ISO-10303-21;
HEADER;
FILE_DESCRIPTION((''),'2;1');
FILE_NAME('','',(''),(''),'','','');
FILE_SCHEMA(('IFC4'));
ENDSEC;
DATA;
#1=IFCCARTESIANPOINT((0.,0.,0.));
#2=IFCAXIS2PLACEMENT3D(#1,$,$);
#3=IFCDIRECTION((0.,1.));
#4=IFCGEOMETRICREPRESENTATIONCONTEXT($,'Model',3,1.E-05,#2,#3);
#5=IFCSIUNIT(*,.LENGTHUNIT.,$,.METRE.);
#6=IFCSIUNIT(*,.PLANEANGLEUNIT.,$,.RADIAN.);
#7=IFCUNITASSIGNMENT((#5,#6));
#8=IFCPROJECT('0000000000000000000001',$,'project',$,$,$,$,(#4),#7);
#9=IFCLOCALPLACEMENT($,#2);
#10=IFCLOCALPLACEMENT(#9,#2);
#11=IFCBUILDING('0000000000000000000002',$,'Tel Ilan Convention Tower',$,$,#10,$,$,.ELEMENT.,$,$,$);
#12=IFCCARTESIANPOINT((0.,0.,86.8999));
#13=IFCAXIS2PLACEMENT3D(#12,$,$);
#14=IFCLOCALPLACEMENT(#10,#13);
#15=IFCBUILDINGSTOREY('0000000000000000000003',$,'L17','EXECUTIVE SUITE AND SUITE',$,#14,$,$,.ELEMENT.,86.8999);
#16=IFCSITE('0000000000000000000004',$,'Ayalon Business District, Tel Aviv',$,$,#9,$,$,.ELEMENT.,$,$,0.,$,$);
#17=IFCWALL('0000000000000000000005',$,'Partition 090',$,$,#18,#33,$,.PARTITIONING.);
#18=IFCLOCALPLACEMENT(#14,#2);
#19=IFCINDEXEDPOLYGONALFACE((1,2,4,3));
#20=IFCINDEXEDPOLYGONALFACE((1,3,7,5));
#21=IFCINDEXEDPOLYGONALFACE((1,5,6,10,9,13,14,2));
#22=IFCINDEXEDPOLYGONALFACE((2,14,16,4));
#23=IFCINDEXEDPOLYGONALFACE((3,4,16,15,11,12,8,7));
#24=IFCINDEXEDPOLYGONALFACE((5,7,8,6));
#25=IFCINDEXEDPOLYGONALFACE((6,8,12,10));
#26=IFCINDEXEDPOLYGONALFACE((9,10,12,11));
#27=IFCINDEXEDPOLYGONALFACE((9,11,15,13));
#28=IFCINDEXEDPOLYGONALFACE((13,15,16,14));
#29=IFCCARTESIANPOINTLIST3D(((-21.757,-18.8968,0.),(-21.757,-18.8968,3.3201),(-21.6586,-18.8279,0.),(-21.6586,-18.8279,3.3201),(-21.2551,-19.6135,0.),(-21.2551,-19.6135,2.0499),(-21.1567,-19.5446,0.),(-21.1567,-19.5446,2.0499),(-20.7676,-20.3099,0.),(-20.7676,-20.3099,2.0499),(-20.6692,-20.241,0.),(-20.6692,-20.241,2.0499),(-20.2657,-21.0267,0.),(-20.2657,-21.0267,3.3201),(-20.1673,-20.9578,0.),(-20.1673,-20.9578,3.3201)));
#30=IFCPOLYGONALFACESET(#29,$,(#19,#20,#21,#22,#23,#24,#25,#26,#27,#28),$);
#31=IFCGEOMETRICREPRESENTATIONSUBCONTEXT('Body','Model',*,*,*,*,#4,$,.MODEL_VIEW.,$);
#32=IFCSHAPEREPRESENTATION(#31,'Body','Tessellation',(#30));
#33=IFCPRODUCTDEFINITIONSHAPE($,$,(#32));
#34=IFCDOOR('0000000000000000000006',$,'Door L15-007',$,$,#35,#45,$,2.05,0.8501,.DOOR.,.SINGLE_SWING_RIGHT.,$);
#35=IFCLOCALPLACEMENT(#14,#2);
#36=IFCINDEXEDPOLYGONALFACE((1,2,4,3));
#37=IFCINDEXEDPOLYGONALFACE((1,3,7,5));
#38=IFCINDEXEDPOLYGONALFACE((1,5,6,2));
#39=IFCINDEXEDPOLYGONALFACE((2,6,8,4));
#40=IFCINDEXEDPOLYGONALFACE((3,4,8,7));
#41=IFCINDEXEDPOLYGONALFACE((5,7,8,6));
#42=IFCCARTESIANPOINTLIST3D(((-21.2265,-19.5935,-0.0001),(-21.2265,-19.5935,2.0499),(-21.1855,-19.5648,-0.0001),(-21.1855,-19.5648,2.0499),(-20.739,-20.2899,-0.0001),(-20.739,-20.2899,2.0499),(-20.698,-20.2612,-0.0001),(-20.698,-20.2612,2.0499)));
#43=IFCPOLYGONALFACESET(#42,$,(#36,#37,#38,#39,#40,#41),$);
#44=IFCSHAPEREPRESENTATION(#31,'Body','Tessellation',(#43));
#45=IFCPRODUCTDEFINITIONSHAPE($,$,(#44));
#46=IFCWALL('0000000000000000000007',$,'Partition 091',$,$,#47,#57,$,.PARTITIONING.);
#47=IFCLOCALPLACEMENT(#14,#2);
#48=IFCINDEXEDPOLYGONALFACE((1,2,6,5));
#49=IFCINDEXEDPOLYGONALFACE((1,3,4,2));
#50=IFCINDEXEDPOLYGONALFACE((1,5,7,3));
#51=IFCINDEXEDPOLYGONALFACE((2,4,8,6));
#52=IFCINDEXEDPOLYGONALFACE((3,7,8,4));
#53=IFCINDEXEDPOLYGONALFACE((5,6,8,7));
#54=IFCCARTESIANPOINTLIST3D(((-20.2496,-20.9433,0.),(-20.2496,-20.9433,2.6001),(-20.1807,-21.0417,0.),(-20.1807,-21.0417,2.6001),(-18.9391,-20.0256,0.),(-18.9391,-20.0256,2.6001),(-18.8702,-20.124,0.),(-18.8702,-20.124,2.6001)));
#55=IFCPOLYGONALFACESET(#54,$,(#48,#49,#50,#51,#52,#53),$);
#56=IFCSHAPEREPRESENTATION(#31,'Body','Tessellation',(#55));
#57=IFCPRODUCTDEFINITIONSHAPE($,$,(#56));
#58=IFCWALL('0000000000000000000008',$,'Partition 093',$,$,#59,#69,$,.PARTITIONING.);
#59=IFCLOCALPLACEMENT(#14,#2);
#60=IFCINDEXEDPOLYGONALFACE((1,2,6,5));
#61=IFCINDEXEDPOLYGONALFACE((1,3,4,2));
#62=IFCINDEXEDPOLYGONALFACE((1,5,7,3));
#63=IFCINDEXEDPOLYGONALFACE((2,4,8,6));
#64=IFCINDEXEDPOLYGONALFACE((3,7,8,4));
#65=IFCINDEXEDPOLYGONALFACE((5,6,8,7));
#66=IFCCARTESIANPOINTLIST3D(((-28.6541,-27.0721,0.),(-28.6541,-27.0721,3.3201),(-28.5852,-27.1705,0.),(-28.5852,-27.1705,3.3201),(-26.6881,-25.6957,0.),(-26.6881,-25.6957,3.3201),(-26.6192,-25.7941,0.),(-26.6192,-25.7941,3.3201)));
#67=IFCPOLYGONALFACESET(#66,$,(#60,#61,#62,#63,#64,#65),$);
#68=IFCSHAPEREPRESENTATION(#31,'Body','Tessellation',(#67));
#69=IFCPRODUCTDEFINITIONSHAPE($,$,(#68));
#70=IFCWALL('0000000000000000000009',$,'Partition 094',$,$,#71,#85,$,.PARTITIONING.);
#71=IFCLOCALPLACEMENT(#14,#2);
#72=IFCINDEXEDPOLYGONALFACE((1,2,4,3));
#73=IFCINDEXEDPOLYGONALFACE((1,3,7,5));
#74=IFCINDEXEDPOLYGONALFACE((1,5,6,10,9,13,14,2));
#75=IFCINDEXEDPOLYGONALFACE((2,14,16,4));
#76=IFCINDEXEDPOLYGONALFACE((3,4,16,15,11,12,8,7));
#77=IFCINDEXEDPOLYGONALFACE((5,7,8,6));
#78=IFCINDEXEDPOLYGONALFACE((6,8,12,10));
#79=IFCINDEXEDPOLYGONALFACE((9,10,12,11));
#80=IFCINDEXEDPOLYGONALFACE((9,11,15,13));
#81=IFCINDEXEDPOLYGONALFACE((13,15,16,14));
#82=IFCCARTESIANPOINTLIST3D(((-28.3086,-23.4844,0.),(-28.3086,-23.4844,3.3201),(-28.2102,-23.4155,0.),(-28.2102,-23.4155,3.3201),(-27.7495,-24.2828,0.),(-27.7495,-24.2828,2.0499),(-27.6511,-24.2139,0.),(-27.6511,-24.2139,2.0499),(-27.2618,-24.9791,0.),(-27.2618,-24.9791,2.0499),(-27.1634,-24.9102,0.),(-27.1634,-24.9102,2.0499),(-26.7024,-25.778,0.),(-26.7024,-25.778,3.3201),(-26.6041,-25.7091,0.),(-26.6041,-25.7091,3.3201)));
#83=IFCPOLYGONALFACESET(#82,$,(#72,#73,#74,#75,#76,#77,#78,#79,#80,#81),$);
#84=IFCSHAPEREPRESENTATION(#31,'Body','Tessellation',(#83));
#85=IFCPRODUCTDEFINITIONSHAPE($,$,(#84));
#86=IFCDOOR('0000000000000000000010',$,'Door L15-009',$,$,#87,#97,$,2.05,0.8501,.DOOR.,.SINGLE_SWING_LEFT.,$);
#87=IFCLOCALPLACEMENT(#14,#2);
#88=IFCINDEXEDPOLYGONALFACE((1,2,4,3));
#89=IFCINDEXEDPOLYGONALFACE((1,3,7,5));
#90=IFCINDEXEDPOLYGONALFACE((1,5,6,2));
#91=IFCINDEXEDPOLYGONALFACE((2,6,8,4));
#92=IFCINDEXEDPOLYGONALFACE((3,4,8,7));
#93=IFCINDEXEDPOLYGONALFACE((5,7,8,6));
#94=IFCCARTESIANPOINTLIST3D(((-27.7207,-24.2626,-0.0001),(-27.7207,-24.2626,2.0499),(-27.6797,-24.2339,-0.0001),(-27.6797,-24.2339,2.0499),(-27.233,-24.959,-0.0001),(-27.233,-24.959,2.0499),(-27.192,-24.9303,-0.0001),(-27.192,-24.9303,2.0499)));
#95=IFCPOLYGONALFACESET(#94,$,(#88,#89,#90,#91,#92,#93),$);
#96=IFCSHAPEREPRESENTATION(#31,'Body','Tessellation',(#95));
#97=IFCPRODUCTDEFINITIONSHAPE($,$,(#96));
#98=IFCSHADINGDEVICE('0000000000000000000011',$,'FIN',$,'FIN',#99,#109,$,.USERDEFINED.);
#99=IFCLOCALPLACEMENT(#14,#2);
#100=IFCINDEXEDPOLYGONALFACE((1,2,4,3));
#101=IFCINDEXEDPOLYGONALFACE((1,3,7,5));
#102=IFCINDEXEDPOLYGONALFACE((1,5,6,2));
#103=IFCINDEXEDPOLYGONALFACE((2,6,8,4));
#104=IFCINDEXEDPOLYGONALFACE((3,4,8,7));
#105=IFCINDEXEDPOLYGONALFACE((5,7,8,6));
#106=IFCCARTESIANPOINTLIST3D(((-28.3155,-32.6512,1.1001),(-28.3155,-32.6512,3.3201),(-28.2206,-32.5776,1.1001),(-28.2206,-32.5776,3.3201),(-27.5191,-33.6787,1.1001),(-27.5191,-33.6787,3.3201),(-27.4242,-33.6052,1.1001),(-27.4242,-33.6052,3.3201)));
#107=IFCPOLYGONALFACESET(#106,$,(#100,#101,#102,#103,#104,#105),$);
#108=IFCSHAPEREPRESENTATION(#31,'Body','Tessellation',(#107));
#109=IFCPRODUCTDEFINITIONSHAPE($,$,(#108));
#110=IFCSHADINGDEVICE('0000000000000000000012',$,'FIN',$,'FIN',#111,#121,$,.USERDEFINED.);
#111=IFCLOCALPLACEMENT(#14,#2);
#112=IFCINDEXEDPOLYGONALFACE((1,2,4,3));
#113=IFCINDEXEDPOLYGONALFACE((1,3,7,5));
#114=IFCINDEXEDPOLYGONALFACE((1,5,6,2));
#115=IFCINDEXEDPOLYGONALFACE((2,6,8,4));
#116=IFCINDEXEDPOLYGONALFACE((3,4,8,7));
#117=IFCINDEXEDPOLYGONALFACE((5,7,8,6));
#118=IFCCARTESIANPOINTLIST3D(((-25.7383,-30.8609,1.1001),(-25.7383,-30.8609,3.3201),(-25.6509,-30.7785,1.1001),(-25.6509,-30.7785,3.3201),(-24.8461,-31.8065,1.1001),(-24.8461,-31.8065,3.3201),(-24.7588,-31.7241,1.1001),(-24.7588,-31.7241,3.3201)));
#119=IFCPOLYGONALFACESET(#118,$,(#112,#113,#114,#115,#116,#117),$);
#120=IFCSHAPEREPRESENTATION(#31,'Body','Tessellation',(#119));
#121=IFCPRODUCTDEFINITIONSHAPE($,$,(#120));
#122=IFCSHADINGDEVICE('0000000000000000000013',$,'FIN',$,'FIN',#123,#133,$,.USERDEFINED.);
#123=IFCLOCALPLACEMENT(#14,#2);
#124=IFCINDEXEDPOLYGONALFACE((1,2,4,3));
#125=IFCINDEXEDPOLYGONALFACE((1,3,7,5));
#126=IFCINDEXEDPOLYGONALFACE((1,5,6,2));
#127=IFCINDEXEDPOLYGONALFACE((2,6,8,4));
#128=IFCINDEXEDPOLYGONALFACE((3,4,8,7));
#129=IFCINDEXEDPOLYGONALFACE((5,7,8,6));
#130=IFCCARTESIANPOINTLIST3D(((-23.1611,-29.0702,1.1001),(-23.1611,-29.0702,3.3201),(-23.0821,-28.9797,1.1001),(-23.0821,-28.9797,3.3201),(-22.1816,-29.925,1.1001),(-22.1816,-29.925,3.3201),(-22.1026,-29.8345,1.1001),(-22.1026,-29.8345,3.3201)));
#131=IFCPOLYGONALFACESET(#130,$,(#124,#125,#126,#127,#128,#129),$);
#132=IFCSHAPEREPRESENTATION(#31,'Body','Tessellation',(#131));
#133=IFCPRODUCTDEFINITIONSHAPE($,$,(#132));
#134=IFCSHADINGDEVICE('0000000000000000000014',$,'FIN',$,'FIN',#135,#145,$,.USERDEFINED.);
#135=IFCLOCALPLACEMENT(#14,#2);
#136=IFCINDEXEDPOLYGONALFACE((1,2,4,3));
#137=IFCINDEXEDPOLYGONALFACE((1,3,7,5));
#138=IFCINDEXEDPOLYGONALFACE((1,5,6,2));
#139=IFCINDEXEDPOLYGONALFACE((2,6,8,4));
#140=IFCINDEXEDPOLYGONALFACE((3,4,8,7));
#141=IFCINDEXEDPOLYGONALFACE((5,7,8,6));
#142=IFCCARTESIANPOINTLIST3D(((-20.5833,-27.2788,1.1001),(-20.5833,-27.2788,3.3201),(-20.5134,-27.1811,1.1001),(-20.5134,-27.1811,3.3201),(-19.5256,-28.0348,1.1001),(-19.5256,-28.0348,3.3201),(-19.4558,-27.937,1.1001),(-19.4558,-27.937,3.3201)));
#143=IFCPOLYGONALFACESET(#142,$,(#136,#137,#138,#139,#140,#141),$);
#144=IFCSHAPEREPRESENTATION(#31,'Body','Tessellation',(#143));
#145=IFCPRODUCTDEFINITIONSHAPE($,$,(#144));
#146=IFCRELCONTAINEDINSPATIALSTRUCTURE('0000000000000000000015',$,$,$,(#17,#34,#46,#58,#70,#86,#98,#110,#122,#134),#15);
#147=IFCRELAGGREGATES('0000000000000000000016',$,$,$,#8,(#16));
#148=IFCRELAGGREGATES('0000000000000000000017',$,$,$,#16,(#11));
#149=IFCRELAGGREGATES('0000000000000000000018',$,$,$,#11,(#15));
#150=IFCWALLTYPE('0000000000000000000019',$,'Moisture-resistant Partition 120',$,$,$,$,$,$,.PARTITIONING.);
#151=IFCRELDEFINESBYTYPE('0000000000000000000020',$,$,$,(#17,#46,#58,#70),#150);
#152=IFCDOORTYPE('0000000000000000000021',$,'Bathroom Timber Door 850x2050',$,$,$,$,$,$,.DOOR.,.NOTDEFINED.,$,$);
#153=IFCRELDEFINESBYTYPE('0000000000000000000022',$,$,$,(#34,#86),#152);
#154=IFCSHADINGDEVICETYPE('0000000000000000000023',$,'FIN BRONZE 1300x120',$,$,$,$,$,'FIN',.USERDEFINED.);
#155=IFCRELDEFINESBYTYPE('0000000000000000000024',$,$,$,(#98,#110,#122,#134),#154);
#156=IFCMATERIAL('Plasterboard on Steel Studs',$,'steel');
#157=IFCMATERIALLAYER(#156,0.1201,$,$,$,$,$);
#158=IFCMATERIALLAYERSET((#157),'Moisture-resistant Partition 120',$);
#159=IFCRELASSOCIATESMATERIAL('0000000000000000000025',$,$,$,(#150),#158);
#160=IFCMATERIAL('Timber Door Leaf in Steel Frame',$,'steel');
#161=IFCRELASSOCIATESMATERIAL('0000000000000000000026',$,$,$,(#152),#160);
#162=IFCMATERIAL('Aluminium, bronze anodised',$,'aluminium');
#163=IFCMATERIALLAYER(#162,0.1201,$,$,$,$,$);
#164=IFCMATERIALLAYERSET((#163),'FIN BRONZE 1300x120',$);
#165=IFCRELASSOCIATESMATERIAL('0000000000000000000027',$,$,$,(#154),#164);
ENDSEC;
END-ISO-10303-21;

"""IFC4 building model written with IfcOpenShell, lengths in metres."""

from ifc_helpers import new_model, si_unit, direction, frame, frame_2d, origin, origin_2d, place, context, subcontext, project, spatial, rectangle, extrude, material, layer, layer_set, type_object, element, fill, save


model = new_model("IFC4")

# Units and contexts
model_context = context("Model", 3, precision=1e-05, world=origin(), true_north=direction((0.0, 1.0)))
body_context = subcontext(model_context, "Body", "Model", "MODEL_VIEW")
ifc_project = project(units=[si_unit("LENGTHUNIT", "METRE"), si_unit("PLANEANGLEUNIT", "RADIAN")], contexts=[model_context])

# Site, building, storey
site_placement = place(None, origin())
site = spatial("IfcSite", under=ifc_project, at=site_placement, Name="Ayalon Business District, Tel Aviv", CompositionType="ELEMENT", RefElevation=0.0)
building_placement = place(site_placement, origin())
building = spatial("IfcBuilding", under=site, at=building_placement, Name="Tel Ilan Convention Tower", CompositionType="ELEMENT")
storey_placement = place(building_placement, frame((0.0, 0.0, 86.8999)))
storey = spatial("IfcBuildingStorey", under=building, at=storey_placement, Name="L17", Description="EXECUTIVE SUITE AND SUITE", CompositionType="ELEMENT", Elevation=86.8999)

# Wall, opening, door
ifc_material_1 = material(Name="Plasterboard on Steel Studs", Category="steel")
ifc_layer_1 = layer(ifc_material_1, 0.1201)
ifc_layer_set_1 = layer_set([ifc_layer_1], Name="Moisture-resistant Partition 120")
wall_type_1 = type_object("IfcWallType", Name="Moisture-resistant Partition 120", PredefinedType="PARTITIONING", material=ifc_layer_set_1)
wall_1_placement = place(storey_placement, frame((-21.7078, -18.8623, 0.0), z_axis=(0.0, 0.0, 1.0), x_axis=(0.573538, -0.819179, 0.0)))
wall_1 = element("IfcWall", 1, at=wall_1_placement, inside=storey, type_object=wall_type_1, Name="Partition 090", PredefinedType="PARTITIONING", context=body_context, shape_type="SweptSolid", body=[
    extrude(rectangle(XDim=2.6001, YDim=0.1201, at=frame_2d((1.3, 0.0))), origin(), (0.0, 0.0, 1.0), 3.3201),
])
opening_1_placement = place(wall_1_placement, frame((0.875, 0.0, 0.0)))
opening_1 = element("IfcOpeningElement", 2, at=opening_1_placement, cuts=wall_1, PredefinedType="OPENING", context=body_context, shape_type="SweptSolid", body=[
    extrude(rectangle(XDim=0.8501, YDim=2.05, at=frame_2d((0.425, 1.0249))), frame((0.0, 0.0701, 0.0), z_axis=(0.0, -1.0, 0.0), x_axis=(1.0, 0.0, 0.0)), (0.0, 0.0, 1.0), 0.1401),
])
ifc_material_2 = material(Name="Timber Door Leaf in Steel Frame", Category="steel")
door_type_1 = type_object("IfcDoorType", Name="Bathroom Timber Door 850x2050", OperationType="NOTDEFINED", PredefinedType="DOOR", material=ifc_material_2)
door_1_placement = place(opening_1_placement, origin())
door_1 = element("IfcDoor", 3, at=door_1_placement, inside=storey, type_object=door_type_1, Name="Door L15-007", OperationType="SINGLE_SWING_RIGHT", OverallHeight=2.05, OverallWidth=0.8501, PredefinedType="DOOR", context=body_context, shape_type="SweptSolid", body=[
    extrude(rectangle(XDim=0.8501, YDim=2.05, at=frame_2d((0.425, 1.0249))), frame((0.0, 0.0249, 0.0), z_axis=(0.0, -1.0, 0.0), x_axis=(1.0, 0.0, 0.0)), (0.0, 0.0, 1.0), 0.05),
])
fill(opening_1, door_1)

# Walls
wall_2_placement = place(storey_placement, frame((-20.2151, -20.9924, 0.0), z_axis=(0.0, 0.0, 1.0), x_axis=(0.819132, 0.573606, 0.0)))
element("IfcWall", 4, at=wall_2_placement, inside=storey, type_object=wall_type_1, Name="Partition 091", PredefinedType="PARTITIONING", context=body_context, shape_type="SweptSolid", body=[
    extrude(rectangle(XDim=1.5999, YDim=0.1201, at=frame_2d((0.7998, 0.0))), origin(), (0.0, 0.0, 1.0), 2.6001),
])
wall_3_placement = place(storey_placement, frame((-28.6196, -27.1213, 0.0), z_axis=(0.0, 0.0, 1.0), x_axis=(0.819189, 0.573524, 0.0)))
element("IfcWall", 5, at=wall_3_placement, inside=storey, type_object=wall_type_1, Name="Partition 093", PredefinedType="PARTITIONING", context=body_context, shape_type="SweptSolid", body=[
    extrude(rectangle(XDim=2.3999, YDim=0.1201, at=frame_2d((1.2, 0.0))), origin(), (0.0, 0.0, 1.0), 3.3201),
])

# Wall, opening, door
wall_4_placement = place(storey_placement, frame((-26.6533, -25.7434, 0.0), z_axis=(0.0, 0.0, 1.0), x_axis=(-0.573609, 0.81913, 0.0)))
wall_4 = element("IfcWall", 6, at=wall_4_placement, inside=storey, type_object=wall_type_1, Name="Partition 094", PredefinedType="PARTITIONING", context=body_context, shape_type="SweptSolid", body=[
    extrude(rectangle(XDim=2.8, YDim=0.1201, at=frame_2d((1.3999, 0.0))), origin(), (0.0, 0.0, 1.0), 3.3201),
])
opening_2_placement = place(wall_4_placement, frame((0.9751, 0.0, 0.0)))
opening_2 = element("IfcOpeningElement", 7, at=opening_2_placement, cuts=wall_4, PredefinedType="OPENING", context=body_context, shape_type="SweptSolid", body=[
    extrude(rectangle(XDim=0.8501, YDim=2.05, at=frame_2d((0.425, 1.0249))), frame((0.0, 0.0701, 0.0), z_axis=(0.0, -1.0, 0.0), x_axis=(1.0, 0.0, 0.0)), (0.0, 0.0, 1.0), 0.1401),
])
door_2_placement = place(opening_2_placement, origin())
door_2 = element("IfcDoor", 8, at=door_2_placement, inside=storey, type_object=door_type_1, Name="Door L15-009", OperationType="SINGLE_SWING_LEFT", OverallHeight=2.05, OverallWidth=0.8501, PredefinedType="DOOR", context=body_context, shape_type="SweptSolid", body=[
    extrude(rectangle(XDim=0.8501, YDim=2.05, at=frame_2d((0.425, 1.0249))), frame((0.0, 0.0249, 0.0), z_axis=(0.0, -1.0, 0.0), x_axis=(1.0, 0.0, 0.0)), (0.0, 0.0, 1.0), 0.05),
])
fill(opening_2, door_2)

# Shading devices
ifc_material_3 = material(Name="Aluminium, bronze anodised", Category="aluminium")
ifc_layer_2 = layer(ifc_material_3, 0.1201)
ifc_layer_set_2 = layer_set([ifc_layer_2], Name="FIN BRONZE 1300x120")
shading_device_type = type_object("IfcShadingDeviceType", Name="FIN BRONZE 1300x120", ElementType="FIN", PredefinedType="USERDEFINED", material=ifc_layer_set_2)
for number, where, z_axis, x_axis, name in (
    (9, (-27.8699, -33.1282, 1.1001), (0.0, 0.0, 1.0), (0.612601, -0.790393, 0.0), "FIN"),
    (10, (-25.2485, -31.2925, 1.1001), (0.0, 0.0, 1.0), (0.686242, -0.727374, 0.0), "FIN"),
    (11, (-22.6318, -29.4524, 1.1001), (0.0, 0.0, 1.0), (0.753436, -0.657521, 0.0), "FIN"),
    (12, (-20.0195, -27.6079, 1.1001), (0.0, 0.0, 1.0), (0.813552, -0.581492, 0.0), "FIN"),
):
    element("IfcShadingDevice", number, at=place(storey_placement, frame(where, z_axis=z_axis, x_axis=x_axis)), inside=storey, type_object=shading_device_type, Name=name, ObjectType="FIN", PredefinedType="USERDEFINED", context=body_context, shape_type="SweptSolid", body=[
        extrude(rectangle(XDim=1.3, YDim=0.1201, at=origin_2d()), origin(), (0.0, 0.0, 1.0), 2.22),
    ])

save(model, "model.ifc")
